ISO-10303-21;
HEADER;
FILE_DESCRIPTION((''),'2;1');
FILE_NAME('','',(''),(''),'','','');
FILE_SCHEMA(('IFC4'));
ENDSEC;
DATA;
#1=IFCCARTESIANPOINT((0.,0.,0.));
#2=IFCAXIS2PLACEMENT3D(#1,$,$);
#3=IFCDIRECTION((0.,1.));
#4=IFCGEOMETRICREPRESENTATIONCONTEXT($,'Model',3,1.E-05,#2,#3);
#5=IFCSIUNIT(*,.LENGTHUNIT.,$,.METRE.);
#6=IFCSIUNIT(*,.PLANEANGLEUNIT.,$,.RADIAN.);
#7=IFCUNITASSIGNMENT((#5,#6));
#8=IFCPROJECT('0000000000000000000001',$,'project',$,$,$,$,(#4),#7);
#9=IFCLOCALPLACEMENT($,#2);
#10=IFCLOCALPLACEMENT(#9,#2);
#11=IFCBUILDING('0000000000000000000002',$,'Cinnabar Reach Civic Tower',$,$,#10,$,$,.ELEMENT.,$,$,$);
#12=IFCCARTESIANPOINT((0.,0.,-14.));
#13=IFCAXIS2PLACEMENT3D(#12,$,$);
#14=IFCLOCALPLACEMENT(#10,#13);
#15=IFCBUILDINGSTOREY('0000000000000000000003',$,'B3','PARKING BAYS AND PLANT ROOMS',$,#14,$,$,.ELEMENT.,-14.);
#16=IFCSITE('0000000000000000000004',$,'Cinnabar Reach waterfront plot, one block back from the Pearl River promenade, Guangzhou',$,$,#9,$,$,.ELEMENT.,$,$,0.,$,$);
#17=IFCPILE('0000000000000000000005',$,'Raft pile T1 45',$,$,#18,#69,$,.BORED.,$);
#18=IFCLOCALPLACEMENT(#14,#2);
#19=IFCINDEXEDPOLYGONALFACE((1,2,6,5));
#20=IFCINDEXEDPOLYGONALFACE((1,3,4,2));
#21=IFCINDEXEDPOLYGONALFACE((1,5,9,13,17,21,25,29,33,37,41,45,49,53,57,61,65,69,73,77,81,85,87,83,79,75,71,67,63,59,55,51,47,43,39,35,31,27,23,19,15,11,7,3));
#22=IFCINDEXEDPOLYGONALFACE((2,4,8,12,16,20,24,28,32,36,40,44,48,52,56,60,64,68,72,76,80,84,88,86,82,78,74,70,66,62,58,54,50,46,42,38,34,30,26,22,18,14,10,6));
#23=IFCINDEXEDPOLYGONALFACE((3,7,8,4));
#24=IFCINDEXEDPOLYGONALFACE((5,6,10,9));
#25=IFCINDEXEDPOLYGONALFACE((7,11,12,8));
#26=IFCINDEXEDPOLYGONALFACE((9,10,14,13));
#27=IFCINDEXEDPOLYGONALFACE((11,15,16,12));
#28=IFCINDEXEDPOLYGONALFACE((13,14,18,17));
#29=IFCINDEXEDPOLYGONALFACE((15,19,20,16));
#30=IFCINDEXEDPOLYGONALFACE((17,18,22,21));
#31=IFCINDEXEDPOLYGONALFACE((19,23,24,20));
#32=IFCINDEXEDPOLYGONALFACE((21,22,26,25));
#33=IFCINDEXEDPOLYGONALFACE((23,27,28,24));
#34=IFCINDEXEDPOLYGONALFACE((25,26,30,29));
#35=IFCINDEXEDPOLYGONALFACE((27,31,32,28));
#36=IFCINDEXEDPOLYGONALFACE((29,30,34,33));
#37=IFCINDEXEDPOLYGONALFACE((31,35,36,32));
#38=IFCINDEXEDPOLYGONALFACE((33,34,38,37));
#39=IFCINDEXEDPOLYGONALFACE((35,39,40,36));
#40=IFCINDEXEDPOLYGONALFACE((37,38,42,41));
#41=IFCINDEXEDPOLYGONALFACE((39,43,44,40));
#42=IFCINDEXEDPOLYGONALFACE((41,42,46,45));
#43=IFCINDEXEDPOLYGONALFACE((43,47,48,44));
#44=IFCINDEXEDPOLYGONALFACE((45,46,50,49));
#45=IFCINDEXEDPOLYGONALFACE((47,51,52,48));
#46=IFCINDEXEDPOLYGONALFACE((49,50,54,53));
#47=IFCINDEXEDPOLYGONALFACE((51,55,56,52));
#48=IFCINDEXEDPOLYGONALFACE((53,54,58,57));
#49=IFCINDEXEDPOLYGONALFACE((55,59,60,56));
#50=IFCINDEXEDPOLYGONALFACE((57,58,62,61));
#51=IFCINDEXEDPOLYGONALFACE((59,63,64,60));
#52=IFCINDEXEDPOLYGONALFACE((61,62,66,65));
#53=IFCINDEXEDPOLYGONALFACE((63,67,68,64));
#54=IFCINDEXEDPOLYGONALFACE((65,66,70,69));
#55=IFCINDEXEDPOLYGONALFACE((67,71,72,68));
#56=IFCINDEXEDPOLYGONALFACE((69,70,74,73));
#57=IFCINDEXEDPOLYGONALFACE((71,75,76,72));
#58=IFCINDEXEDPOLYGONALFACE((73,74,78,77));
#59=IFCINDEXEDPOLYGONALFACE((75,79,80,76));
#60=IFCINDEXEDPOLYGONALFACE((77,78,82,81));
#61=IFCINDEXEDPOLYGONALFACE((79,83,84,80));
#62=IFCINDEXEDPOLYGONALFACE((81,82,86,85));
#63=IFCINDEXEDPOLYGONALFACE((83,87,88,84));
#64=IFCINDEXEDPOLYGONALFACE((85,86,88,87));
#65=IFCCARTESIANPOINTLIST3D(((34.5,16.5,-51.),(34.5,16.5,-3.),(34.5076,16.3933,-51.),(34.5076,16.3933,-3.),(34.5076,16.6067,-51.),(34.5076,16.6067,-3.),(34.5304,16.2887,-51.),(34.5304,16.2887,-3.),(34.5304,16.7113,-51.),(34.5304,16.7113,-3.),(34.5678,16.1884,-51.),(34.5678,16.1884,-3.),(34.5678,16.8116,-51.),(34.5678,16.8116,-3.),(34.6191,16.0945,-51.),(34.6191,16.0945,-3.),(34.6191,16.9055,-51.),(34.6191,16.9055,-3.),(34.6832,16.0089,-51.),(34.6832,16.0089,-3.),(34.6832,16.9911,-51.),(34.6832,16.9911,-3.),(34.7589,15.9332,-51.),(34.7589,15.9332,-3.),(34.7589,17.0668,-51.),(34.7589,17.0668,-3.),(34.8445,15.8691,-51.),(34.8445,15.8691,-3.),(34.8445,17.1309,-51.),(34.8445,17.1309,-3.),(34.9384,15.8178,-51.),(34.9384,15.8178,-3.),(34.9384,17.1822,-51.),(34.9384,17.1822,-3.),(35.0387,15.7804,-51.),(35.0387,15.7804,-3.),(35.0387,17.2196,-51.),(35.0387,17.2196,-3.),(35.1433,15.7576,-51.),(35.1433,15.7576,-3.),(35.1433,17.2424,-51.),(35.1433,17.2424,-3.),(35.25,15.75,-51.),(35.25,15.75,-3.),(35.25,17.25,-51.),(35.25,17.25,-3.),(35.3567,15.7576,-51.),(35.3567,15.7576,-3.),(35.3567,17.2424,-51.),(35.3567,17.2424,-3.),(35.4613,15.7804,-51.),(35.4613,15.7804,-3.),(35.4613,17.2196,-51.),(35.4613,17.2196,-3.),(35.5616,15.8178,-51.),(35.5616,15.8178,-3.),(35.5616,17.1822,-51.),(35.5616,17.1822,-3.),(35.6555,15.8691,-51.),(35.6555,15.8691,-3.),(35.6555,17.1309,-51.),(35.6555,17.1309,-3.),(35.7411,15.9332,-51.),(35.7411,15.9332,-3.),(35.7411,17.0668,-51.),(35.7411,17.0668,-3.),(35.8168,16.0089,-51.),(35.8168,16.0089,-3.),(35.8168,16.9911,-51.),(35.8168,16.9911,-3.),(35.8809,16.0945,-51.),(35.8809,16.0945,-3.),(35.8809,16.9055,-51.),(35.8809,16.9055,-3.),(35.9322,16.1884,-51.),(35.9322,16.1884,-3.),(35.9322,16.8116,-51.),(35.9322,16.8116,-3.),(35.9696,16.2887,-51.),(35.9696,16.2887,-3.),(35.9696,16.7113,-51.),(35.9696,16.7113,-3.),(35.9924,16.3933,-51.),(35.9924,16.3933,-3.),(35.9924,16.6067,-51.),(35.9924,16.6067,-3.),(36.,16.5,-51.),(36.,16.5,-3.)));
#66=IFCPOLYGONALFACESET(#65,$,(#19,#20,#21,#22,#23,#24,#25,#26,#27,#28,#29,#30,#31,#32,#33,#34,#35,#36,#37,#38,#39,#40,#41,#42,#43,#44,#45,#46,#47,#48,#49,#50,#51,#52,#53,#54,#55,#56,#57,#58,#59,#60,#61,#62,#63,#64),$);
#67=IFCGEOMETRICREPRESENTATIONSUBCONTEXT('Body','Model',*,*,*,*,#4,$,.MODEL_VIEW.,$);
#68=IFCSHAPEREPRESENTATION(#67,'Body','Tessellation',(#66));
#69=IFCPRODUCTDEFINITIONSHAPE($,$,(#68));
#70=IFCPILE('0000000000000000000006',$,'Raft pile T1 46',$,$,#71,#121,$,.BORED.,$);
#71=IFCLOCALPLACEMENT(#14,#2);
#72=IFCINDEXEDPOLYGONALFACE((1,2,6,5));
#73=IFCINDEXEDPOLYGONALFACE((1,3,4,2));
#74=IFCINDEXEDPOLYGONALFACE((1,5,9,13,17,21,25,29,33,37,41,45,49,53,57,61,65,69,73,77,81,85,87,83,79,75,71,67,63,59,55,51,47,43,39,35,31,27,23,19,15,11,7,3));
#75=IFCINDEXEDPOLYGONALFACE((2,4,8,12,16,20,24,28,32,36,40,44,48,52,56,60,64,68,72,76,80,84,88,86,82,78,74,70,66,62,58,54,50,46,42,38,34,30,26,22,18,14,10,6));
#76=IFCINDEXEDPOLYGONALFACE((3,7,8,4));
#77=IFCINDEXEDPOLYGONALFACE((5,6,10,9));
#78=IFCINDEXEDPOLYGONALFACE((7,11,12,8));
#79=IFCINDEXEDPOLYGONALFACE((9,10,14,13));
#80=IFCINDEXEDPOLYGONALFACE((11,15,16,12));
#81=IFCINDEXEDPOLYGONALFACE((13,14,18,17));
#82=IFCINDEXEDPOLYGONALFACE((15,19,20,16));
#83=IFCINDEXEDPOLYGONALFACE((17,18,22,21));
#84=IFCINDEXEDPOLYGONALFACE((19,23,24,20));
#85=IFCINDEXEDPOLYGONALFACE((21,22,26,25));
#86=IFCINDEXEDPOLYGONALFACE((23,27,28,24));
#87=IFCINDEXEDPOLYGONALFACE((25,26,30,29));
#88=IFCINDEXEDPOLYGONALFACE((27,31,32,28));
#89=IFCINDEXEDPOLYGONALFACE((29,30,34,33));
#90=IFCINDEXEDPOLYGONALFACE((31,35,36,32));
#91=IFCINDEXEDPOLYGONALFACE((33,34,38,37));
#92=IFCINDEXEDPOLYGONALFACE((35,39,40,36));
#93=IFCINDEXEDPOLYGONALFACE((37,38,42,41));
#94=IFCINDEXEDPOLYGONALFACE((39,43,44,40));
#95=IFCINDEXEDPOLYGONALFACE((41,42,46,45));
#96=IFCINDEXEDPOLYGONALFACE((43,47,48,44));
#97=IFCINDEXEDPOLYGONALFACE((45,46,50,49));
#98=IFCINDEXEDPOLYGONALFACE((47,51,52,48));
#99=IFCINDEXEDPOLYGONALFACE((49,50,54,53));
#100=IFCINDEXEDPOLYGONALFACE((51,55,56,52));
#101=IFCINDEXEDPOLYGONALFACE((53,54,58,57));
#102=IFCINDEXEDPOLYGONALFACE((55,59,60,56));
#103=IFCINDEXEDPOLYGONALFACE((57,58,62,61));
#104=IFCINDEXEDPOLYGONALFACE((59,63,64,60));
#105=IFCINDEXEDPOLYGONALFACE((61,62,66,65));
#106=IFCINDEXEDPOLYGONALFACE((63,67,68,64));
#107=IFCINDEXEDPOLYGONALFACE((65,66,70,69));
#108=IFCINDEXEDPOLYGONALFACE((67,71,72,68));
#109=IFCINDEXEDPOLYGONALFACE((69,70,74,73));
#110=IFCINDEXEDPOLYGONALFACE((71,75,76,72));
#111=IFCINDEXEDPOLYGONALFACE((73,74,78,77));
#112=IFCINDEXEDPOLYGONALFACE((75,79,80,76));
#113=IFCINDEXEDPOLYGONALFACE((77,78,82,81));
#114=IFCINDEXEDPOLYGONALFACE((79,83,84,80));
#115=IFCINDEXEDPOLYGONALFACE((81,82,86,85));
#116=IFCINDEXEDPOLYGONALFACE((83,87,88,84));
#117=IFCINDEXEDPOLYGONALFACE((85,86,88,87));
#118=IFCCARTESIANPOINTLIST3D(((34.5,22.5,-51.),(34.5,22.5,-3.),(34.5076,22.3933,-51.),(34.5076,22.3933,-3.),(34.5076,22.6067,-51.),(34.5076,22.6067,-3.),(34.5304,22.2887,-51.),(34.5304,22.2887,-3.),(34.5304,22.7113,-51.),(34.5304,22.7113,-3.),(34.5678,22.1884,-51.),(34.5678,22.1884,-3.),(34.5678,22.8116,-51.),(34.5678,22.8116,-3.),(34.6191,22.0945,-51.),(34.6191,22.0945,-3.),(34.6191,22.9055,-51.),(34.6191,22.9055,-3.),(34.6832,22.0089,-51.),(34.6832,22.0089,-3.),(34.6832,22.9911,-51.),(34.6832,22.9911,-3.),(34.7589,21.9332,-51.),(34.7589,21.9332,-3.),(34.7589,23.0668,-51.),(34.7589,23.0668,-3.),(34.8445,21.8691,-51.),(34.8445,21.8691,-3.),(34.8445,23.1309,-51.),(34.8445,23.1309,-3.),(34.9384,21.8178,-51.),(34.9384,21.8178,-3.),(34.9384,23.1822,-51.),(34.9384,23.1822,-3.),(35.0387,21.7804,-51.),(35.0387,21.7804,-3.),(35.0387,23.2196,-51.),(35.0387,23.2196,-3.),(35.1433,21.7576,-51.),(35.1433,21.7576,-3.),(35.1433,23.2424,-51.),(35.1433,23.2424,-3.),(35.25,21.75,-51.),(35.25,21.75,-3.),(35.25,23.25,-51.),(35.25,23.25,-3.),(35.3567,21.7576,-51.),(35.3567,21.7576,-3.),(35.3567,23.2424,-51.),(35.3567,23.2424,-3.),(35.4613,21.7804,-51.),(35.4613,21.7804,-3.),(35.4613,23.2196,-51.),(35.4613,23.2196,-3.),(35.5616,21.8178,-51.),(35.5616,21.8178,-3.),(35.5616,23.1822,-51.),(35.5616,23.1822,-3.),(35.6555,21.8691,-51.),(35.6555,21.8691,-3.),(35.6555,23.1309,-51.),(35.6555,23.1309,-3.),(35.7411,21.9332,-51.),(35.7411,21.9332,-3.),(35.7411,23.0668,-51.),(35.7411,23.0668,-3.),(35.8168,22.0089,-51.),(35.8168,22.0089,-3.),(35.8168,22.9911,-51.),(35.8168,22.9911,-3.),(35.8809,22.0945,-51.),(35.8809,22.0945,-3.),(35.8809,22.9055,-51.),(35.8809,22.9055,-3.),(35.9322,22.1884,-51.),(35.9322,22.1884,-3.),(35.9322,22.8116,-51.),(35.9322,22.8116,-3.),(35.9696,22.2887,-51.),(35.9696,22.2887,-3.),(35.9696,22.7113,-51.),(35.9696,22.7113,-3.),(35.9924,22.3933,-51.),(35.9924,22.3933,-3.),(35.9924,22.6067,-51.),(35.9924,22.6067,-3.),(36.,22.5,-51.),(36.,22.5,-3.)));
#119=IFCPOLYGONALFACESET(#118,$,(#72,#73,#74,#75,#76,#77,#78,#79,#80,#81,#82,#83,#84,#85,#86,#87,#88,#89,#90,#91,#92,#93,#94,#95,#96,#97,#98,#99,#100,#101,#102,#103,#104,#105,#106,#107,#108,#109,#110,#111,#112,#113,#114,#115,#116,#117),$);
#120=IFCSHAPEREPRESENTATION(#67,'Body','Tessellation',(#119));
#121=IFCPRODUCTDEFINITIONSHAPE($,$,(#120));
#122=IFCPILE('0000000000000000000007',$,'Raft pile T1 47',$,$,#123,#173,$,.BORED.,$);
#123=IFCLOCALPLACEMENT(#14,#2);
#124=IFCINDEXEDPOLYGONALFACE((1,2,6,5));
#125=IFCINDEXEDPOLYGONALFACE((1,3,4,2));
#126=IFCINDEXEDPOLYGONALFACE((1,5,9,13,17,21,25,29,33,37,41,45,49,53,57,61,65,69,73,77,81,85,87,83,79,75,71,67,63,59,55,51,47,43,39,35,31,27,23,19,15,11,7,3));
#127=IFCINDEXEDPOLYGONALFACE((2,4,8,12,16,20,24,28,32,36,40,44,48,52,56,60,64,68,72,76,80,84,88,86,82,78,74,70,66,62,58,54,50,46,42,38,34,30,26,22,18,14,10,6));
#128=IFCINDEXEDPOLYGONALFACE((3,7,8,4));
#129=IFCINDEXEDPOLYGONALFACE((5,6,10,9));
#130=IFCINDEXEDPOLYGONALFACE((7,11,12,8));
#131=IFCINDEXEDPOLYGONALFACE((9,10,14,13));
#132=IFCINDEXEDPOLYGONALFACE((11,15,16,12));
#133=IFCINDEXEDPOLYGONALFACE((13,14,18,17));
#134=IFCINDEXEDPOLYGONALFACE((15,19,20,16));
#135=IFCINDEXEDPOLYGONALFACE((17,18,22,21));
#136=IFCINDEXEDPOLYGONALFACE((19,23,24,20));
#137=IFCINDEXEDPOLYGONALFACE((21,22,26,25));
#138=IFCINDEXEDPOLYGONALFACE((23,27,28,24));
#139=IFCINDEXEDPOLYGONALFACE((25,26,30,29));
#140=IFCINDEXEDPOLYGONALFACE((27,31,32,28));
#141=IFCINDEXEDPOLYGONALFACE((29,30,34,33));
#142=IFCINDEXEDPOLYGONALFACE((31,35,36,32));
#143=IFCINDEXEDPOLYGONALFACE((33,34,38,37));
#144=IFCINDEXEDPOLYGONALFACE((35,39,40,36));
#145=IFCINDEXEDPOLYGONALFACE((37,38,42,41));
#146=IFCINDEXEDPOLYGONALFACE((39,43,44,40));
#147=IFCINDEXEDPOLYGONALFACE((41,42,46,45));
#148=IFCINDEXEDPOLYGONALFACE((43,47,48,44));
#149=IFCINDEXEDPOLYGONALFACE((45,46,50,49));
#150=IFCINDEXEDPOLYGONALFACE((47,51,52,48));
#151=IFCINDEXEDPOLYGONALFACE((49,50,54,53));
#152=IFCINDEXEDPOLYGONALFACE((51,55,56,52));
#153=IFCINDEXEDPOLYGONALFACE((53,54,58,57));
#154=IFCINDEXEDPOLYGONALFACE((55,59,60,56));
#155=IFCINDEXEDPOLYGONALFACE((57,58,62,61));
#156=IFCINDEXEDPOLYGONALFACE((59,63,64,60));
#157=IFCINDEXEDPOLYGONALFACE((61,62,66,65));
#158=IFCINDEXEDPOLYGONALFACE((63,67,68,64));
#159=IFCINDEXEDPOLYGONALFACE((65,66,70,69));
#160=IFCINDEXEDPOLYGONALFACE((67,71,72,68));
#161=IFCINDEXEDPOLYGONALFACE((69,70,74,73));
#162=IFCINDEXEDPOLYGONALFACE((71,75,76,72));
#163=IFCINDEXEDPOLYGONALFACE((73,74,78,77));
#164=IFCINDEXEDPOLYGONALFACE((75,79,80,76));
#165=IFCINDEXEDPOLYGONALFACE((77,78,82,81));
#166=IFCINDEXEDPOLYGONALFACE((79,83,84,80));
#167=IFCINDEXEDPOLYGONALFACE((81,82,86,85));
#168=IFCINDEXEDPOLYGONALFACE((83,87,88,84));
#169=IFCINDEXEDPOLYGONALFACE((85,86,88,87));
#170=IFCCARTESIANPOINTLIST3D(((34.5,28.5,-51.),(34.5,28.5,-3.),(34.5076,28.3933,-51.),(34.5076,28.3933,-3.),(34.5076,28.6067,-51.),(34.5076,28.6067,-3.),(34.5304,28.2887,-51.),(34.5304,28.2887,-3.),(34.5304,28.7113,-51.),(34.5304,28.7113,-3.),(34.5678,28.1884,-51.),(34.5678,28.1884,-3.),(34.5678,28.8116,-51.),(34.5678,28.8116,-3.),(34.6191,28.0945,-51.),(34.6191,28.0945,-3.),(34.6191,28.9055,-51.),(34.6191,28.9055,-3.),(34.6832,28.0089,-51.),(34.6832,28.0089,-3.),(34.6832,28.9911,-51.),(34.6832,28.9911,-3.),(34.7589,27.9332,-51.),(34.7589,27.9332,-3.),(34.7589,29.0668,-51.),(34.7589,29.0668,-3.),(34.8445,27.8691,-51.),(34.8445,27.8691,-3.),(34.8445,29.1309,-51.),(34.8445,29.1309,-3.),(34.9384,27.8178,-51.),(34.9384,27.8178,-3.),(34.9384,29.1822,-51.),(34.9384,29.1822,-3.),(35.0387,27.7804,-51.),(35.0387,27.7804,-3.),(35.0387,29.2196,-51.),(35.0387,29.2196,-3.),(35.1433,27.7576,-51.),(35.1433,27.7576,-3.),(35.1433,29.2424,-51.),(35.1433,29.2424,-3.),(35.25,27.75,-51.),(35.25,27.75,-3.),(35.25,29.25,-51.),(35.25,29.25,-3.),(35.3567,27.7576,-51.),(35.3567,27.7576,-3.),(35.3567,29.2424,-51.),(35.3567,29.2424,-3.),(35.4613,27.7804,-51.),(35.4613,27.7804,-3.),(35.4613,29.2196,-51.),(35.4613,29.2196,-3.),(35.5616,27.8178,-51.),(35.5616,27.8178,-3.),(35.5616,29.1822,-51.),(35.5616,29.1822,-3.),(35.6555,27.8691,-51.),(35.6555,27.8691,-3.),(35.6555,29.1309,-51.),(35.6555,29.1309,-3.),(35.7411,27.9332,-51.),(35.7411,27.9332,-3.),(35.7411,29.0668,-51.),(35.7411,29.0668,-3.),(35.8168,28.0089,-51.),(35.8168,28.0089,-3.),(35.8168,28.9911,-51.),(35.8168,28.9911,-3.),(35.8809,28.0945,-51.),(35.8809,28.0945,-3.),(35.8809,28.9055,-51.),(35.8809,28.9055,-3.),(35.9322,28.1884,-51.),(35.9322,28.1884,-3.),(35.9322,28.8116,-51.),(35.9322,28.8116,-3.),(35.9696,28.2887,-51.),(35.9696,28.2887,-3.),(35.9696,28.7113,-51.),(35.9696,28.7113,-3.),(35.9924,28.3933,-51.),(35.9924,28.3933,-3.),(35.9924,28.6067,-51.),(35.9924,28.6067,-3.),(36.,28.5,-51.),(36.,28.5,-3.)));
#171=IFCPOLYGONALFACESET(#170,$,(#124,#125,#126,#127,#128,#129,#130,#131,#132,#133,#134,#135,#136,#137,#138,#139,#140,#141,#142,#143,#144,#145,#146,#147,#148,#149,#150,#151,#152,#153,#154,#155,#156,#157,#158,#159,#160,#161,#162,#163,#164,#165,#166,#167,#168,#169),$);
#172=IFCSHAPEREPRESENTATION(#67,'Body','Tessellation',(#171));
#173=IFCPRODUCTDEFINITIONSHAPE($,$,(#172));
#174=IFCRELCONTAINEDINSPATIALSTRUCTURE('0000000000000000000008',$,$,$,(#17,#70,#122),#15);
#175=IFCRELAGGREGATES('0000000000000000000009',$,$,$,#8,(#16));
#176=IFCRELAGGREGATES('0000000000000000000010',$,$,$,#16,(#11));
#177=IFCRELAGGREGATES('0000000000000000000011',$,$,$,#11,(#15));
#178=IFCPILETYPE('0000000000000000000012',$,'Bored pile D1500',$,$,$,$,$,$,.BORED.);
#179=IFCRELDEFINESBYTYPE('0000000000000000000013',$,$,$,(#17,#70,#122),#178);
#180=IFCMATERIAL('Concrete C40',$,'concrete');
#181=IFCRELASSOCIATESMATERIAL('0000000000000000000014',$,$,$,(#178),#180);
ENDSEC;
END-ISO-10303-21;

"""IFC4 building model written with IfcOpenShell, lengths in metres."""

from ifc_helpers import new_model, si_unit, direction, frame, origin, origin_2d, place, context, subcontext, project, spatial, circle, extrude, material, type_object, element, save


model = new_model("IFC4")

# Units and contexts
model_context = context("Model", 3, precision=1e-05, world=origin(), true_north=direction((0.0, 1.0)))
body_context = subcontext(model_context, "Body", "Model", "MODEL_VIEW")
ifc_project = project(units=[si_unit("LENGTHUNIT", "METRE"), si_unit("PLANEANGLEUNIT", "RADIAN")], contexts=[model_context])

# Site, building, storey
site_placement = place(None, origin())
site = spatial("IfcSite", under=ifc_project, at=site_placement, Name="Cinnabar Reach waterfront plot, one block back from the Pearl River promenade, Guangzhou", CompositionType="ELEMENT", RefElevation=0.0)
building_placement = place(site_placement, origin())
building = spatial("IfcBuilding", under=site, at=building_placement, Name="Cinnabar Reach Civic Tower", CompositionType="ELEMENT")
storey_placement = place(building_placement, frame((0.0, 0.0, -14.0)))
storey = spatial("IfcBuildingStorey", under=building, at=storey_placement, Name="B3", Description="PARKING BAYS AND PLANT ROOMS", CompositionType="ELEMENT", Elevation=-14.0)

# Piles
ifc_material_1 = material(Name="Concrete C40", Category="concrete")
pile_type = type_object("IfcPileType", Name="Bored pile D1500", PredefinedType="BORED", material=ifc_material_1)
for number, where, z_axis, x_axis, name in (
    (1, (35.25, 16.5, -3.0), (0.0, 0.0, -1.0), (1.0, 0.0, 0.0), "Raft pile T1 45"),
    (2, (35.25, 22.5, -3.0), (0.0, 0.0, -1.0), (1.0, 0.0, 0.0), "Raft pile T1 46"),
    (3, (35.25, 28.5, -3.0), (0.0, 0.0, -1.0), (1.0, 0.0, 0.0), "Raft pile T1 47"),
):
    element("IfcPile", number, at=place(storey_placement, frame(where, z_axis=z_axis, x_axis=x_axis)), inside=storey, type_object=pile_type, Name=name, PredefinedType="BORED", context=body_context, shape_type="SweptSolid", body=[
        extrude(circle(Radius=0.75, at=origin_2d()), origin(), (0.0, 0.0, 1.0), 48.0),
    ])

save(model, "model.ifc")
